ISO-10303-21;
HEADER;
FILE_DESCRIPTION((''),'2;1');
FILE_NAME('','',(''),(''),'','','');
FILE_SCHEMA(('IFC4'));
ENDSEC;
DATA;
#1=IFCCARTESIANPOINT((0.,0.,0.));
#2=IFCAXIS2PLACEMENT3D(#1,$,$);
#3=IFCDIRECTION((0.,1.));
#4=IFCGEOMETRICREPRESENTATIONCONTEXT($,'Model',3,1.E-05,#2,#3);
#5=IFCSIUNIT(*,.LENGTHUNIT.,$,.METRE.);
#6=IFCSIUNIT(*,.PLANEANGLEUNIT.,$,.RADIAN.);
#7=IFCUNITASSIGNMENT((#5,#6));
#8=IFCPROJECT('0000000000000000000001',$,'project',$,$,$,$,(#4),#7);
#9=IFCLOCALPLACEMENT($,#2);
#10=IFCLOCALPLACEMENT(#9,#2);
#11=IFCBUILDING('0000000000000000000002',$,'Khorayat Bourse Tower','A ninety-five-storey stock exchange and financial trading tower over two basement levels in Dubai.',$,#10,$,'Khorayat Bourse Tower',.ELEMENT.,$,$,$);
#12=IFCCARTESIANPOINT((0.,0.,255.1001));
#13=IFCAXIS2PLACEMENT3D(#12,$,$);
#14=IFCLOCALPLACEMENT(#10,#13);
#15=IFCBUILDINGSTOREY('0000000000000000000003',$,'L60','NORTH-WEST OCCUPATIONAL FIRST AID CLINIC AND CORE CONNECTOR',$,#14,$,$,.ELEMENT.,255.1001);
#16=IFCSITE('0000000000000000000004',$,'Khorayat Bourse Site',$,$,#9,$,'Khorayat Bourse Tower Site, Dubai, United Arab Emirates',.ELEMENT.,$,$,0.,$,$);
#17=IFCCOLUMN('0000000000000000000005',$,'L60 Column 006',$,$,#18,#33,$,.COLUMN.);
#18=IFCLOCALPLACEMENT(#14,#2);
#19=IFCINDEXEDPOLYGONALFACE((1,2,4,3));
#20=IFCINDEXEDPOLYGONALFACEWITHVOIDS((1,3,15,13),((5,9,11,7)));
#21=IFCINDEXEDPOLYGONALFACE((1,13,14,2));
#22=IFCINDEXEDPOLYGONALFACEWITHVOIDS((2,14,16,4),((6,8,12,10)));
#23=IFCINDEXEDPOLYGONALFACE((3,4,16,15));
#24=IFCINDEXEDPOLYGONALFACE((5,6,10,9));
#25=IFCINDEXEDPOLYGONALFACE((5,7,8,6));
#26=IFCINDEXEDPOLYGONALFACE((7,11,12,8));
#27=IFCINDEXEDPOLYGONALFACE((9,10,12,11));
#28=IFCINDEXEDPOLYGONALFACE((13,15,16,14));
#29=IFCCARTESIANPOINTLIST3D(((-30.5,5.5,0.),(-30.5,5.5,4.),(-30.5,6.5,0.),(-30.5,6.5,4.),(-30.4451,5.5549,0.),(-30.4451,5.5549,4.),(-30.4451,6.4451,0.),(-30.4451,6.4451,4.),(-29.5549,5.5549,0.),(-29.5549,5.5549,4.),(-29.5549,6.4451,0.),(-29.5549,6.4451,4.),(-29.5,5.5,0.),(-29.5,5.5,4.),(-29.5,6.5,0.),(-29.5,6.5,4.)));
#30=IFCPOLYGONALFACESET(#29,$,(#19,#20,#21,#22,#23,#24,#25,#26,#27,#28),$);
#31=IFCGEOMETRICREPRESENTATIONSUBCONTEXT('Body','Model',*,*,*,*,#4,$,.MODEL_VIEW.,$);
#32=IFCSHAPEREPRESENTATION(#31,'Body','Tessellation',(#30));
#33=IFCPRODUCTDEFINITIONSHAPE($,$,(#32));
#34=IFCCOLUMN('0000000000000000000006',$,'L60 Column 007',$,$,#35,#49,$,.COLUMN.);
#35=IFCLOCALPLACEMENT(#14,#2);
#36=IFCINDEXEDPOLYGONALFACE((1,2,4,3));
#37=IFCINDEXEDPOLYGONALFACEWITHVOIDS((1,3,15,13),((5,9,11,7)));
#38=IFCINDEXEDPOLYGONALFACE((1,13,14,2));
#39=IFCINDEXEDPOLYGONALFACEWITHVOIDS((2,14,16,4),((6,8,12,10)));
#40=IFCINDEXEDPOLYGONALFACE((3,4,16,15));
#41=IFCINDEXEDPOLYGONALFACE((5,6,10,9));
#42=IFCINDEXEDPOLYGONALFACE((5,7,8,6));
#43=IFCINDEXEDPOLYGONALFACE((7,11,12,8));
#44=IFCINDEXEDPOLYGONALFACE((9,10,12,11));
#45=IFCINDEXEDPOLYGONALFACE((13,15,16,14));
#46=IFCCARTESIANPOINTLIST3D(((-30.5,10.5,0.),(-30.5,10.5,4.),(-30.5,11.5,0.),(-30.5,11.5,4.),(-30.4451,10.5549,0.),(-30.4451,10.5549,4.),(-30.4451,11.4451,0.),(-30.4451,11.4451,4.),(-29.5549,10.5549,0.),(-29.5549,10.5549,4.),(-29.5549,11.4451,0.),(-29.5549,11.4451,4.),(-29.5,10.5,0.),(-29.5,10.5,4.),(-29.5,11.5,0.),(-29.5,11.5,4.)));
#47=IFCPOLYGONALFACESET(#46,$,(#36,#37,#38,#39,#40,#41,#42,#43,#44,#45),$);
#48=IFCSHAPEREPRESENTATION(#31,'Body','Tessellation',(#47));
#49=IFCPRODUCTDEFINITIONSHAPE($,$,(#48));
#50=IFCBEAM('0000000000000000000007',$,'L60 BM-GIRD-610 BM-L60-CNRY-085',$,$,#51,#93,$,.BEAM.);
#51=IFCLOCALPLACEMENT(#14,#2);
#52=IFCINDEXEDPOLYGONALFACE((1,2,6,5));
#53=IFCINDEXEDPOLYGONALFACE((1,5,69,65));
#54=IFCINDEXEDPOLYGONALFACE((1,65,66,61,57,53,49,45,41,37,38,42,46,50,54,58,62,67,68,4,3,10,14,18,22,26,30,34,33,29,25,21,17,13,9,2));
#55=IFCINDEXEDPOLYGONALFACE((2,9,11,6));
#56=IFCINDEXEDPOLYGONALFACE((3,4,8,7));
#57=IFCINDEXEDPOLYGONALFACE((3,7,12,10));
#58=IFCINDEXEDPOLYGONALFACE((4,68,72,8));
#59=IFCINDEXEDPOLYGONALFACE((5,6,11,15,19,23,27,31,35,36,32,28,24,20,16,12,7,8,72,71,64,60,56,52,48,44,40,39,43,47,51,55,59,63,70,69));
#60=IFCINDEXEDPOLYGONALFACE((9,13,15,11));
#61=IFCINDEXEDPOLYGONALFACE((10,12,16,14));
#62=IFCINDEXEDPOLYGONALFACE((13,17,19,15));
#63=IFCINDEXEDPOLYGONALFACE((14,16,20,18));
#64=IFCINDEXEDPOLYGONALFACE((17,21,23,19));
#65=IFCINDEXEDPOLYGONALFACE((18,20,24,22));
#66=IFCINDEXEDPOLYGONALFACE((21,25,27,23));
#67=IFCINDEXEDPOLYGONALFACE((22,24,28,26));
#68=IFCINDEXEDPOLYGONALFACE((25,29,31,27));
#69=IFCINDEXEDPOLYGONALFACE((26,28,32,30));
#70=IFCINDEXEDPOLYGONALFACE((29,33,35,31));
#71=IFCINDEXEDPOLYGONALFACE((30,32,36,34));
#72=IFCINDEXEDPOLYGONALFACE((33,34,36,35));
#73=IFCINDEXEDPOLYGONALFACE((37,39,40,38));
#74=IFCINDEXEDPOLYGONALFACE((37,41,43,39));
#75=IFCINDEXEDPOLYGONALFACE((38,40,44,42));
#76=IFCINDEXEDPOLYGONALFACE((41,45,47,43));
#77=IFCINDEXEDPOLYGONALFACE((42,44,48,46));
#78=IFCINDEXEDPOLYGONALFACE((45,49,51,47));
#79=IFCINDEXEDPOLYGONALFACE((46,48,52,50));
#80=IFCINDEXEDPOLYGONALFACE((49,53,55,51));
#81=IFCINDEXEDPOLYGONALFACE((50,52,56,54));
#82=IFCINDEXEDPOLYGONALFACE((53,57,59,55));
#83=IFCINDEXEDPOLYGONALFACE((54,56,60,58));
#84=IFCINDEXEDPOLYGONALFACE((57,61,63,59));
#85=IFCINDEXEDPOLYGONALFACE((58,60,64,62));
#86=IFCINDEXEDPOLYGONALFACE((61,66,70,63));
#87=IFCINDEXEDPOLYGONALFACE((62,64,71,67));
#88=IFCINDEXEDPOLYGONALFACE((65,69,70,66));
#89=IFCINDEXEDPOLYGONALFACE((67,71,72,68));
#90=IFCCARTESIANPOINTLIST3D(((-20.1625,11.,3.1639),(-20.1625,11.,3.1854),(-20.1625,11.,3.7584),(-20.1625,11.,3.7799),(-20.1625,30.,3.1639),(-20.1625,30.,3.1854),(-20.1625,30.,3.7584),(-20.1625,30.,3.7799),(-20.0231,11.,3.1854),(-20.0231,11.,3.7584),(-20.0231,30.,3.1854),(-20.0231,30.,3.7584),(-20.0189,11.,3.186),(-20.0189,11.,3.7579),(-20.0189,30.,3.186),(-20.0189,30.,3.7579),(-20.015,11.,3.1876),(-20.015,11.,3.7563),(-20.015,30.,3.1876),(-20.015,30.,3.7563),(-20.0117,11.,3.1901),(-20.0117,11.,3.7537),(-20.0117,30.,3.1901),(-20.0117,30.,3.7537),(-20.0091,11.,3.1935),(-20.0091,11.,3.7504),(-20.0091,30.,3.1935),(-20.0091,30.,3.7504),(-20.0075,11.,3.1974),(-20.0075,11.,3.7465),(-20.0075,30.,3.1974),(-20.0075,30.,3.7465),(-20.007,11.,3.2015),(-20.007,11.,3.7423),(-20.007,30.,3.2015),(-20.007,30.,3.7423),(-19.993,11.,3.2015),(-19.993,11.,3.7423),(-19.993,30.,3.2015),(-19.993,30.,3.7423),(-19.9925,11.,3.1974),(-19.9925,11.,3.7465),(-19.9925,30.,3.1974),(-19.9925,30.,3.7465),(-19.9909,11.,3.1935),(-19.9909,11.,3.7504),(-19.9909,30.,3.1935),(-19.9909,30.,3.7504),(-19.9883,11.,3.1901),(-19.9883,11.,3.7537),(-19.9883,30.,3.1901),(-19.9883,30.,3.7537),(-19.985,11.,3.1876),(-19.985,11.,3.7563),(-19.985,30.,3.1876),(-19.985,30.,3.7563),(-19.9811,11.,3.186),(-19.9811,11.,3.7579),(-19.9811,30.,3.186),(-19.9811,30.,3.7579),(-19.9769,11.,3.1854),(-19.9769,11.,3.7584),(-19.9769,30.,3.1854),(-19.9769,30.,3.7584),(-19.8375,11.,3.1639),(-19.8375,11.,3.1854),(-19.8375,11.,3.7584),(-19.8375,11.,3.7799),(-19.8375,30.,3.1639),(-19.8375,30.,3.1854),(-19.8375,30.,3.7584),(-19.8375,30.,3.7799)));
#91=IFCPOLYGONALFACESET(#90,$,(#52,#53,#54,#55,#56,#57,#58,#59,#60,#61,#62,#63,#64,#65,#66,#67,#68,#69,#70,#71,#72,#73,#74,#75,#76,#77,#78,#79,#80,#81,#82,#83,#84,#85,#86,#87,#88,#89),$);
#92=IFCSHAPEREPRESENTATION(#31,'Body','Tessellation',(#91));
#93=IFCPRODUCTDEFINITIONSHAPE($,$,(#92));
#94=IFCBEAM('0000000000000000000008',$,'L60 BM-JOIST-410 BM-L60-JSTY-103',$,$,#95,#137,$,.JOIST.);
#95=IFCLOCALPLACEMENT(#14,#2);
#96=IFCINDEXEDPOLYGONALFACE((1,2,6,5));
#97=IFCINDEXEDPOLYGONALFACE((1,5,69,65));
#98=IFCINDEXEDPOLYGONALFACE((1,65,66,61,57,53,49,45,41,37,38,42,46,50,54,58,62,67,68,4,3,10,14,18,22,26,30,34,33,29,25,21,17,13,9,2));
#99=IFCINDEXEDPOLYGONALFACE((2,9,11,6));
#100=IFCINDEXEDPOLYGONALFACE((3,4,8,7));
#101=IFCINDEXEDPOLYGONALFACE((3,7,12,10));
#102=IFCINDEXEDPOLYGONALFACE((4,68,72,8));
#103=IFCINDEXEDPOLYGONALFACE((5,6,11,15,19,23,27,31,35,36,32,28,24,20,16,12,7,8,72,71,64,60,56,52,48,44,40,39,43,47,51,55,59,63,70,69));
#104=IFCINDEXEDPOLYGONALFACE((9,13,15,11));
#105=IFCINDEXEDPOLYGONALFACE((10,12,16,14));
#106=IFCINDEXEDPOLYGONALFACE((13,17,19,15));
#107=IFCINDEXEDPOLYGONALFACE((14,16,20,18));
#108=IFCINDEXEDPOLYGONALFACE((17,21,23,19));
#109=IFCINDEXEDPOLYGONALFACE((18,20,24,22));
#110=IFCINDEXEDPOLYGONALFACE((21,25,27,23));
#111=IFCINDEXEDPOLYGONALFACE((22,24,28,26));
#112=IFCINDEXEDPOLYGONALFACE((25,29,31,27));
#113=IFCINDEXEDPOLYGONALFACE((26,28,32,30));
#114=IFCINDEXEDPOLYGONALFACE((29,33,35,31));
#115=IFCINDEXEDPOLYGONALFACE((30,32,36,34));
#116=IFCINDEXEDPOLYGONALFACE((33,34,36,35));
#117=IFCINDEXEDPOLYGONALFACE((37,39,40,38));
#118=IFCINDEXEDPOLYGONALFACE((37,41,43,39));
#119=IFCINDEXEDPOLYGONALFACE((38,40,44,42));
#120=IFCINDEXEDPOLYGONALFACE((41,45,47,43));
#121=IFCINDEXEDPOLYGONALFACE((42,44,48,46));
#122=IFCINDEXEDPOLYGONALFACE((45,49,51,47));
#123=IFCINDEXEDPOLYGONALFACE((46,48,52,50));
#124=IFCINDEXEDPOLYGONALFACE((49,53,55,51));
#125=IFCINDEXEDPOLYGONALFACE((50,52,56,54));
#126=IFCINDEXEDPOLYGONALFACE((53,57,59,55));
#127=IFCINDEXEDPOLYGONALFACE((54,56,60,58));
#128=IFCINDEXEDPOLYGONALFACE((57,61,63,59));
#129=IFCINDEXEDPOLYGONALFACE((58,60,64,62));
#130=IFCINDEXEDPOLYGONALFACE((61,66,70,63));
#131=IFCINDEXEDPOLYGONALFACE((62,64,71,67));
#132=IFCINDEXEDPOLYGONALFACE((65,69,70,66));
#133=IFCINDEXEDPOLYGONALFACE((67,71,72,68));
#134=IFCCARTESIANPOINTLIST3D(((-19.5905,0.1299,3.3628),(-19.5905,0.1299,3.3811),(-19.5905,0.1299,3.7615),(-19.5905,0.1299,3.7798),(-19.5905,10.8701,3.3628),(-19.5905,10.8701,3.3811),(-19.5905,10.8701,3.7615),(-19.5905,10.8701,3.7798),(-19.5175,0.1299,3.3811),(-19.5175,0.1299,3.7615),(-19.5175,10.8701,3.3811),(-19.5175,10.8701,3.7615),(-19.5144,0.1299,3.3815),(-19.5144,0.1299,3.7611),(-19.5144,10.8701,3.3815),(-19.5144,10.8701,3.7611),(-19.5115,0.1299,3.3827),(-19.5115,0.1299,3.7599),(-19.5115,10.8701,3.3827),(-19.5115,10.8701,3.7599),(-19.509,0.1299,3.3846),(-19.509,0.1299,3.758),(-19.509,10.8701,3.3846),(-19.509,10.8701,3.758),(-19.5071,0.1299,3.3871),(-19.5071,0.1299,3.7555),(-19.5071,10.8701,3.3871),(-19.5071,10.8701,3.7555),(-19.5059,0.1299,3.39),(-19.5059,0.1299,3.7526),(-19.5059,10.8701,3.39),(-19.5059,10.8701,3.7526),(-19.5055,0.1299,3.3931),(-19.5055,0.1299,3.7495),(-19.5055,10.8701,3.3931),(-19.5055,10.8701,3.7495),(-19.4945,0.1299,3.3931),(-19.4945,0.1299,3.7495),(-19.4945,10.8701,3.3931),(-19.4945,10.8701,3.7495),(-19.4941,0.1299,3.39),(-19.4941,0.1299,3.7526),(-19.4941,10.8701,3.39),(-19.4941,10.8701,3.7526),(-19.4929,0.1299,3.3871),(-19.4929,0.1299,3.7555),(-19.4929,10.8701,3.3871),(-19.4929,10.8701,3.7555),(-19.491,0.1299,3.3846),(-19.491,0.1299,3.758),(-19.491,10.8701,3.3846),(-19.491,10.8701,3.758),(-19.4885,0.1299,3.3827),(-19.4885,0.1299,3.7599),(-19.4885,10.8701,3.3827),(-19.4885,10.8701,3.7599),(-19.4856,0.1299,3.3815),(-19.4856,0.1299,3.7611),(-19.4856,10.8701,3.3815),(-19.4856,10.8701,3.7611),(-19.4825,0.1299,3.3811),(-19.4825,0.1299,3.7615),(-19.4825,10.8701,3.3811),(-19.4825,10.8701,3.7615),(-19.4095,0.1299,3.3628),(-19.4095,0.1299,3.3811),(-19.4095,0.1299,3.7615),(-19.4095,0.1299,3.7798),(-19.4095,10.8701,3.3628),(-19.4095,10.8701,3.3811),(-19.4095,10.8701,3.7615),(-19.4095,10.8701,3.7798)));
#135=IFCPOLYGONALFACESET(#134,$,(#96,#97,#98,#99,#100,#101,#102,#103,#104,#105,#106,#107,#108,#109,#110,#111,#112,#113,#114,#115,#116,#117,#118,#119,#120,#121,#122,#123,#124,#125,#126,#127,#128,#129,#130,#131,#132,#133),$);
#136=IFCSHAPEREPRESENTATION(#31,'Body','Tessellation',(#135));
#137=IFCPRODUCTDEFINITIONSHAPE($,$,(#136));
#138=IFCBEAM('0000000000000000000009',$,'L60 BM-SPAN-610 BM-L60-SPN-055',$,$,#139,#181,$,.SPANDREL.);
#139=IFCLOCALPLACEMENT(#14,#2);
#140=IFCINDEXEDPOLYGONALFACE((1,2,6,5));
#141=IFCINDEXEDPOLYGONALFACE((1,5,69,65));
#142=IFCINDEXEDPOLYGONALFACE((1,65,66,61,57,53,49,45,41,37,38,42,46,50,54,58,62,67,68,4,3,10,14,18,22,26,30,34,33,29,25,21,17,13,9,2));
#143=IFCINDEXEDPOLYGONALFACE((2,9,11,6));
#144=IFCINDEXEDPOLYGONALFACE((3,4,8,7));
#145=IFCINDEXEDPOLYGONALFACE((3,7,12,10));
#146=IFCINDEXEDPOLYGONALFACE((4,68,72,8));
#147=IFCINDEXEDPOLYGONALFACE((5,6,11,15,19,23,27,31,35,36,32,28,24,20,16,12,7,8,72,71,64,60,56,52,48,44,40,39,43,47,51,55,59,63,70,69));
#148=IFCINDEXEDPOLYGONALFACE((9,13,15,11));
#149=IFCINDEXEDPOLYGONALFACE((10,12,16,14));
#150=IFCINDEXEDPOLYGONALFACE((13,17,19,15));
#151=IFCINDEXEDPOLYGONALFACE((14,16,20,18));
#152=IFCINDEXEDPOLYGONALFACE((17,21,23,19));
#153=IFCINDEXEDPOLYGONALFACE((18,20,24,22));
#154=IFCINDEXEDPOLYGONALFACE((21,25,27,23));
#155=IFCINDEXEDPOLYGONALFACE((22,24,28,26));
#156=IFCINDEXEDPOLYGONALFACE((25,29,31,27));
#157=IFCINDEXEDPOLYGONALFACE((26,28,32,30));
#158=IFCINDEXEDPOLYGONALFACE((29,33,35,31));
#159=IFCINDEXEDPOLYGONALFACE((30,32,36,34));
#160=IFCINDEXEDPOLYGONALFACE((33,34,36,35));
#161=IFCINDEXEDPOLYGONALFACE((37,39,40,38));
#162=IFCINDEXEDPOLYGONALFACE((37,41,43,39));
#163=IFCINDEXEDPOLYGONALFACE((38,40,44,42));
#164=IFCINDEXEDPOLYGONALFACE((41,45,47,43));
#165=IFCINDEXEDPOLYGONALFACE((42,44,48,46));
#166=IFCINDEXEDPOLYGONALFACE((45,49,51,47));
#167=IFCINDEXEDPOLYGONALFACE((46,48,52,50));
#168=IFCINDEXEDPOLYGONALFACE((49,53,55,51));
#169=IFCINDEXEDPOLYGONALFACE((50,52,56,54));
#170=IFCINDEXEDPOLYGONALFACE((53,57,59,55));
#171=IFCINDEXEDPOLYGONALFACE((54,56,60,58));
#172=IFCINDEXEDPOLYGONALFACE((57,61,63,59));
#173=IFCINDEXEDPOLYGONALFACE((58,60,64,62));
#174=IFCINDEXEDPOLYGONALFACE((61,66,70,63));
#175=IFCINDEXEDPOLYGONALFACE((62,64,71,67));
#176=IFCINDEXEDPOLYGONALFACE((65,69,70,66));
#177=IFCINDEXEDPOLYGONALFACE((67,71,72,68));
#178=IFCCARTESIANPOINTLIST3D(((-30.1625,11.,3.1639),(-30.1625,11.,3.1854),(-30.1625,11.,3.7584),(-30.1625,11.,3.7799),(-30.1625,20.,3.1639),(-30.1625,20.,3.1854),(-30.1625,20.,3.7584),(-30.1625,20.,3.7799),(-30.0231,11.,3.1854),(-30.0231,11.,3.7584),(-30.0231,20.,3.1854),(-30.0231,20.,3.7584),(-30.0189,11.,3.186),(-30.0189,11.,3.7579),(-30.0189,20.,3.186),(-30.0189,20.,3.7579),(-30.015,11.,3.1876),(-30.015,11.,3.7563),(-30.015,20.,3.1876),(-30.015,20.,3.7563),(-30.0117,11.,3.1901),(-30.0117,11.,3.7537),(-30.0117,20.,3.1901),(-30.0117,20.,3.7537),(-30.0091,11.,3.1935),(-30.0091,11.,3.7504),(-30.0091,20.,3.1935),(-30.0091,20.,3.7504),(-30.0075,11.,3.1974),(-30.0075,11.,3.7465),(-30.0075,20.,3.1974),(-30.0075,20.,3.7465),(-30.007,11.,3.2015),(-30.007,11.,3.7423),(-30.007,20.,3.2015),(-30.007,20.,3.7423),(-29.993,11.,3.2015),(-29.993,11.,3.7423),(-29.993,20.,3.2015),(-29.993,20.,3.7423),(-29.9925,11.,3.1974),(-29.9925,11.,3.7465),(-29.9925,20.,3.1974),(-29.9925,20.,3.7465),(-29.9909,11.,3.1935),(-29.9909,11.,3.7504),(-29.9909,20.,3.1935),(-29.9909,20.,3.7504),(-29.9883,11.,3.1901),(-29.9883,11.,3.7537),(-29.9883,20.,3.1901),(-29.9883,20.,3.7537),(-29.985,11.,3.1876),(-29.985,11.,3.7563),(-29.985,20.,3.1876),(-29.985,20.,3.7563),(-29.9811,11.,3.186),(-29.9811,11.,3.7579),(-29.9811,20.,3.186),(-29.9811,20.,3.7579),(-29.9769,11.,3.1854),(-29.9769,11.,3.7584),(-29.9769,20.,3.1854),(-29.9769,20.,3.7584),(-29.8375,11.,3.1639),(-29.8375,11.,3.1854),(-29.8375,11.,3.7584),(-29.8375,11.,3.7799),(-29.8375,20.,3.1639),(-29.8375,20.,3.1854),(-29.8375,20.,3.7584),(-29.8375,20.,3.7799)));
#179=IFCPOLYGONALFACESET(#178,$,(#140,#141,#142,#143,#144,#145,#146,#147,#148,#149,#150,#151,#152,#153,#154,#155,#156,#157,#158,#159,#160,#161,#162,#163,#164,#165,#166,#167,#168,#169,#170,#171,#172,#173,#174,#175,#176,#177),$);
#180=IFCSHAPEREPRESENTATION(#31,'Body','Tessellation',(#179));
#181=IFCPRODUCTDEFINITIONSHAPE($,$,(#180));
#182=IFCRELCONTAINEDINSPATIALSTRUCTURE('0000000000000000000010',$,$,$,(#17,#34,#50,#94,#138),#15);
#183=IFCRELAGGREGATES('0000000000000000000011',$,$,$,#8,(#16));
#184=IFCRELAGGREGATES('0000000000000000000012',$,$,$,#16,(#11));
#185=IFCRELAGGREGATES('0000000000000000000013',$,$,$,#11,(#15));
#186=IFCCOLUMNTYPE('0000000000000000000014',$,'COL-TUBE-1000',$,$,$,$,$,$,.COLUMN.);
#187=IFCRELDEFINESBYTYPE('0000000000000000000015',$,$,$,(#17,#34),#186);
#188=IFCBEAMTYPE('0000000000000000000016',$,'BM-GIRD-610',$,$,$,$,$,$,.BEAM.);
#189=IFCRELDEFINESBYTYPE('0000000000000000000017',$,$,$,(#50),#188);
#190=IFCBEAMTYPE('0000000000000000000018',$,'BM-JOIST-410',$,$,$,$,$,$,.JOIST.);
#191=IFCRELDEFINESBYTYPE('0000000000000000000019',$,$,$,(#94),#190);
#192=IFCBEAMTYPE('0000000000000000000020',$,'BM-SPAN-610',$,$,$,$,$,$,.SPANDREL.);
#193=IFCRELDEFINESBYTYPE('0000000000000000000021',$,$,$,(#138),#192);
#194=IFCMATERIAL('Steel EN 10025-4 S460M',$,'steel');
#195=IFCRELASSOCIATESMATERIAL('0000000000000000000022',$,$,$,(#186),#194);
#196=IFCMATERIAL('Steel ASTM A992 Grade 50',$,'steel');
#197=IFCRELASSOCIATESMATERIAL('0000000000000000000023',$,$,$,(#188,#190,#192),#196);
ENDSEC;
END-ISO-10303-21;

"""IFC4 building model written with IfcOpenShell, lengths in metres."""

from ifc_helpers import new_model, si_unit, direction, frame, origin, origin_2d, place, context, subcontext, project, spatial, hollow_rectangle, i_section, extrude, source, transform, mapped, material, material_profile, profile_set, type_object, element, save


model = new_model("IFC4")

# Units and contexts
model_context = context("Model", 3, precision=1e-05, world=origin(), true_north=direction((0.0, 1.0)))
body_context = subcontext(model_context, "Body", "Model", "MODEL_VIEW")
ifc_project = project(units=[si_unit("LENGTHUNIT", "METRE"), si_unit("PLANEANGLEUNIT", "RADIAN")], contexts=[model_context])

# Site, building, storey
site_placement = place(None, origin())
site = spatial("IfcSite", under=ifc_project, at=site_placement, Name="Khorayat Bourse Site", LongName="Khorayat Bourse Tower Site, Dubai, United Arab Emirates", CompositionType="ELEMENT", RefElevation=0.0)
building_placement = place(site_placement, origin())
building = spatial("IfcBuilding", under=site, at=building_placement, Name="Khorayat Bourse Tower", Description="A ninety-five-storey stock exchange and financial trading tower over two basement levels in Dubai.", LongName="Khorayat Bourse Tower", CompositionType="ELEMENT")
storey_placement = place(building_placement, frame((0.0, 0.0, 255.1001)))
storey = spatial("IfcBuildingStorey", under=building, at=storey_placement, Name="L60", Description="NORTH-WEST OCCUPATIONAL FIRST AID CLINIC AND CORE CONNECTOR", CompositionType="ELEMENT", Elevation=255.1001)

# Columns
ifc_material_1 = material(Name="Steel EN 10025-4 S460M", Category="steel")
ifc_material_profile_1 = material_profile(ifc_material_1, hollow_rectangle(XDim=1.0, YDim=1.0, WallThickness=0.0549, at=origin_2d()), Name="BOX 1000x1000x55")
ifc_profile_set_1 = profile_set([ifc_material_profile_1], Name="Steel EN 10025-4 S460M")
column_type = type_object("IfcColumnType", Name="COL-TUBE-1000", PredefinedType="COLUMN", material=ifc_profile_set_1)
shared_shape_1 = source(origin(), body_context, "Body", "SweptSolid", [
    extrude(hollow_rectangle(XDim=1.0, YDim=1.0, WallThickness=0.0549, at=origin_2d()), origin(), (0.0, 0.0, 1.0), 4.0),
])
for number, where, z_axis, x_axis, name in (
    (1, (-30.0, 6.0, 0.0), (0.0, 0.0, 1.0), (1.0, 0.0, 0.0), "L60 Column 006"),
    (2, (-30.0, 11.0, 0.0), (0.0, 0.0, 1.0), (1.0, 0.0, 0.0), "L60 Column 007"),
):
    element("IfcColumn", number, at=place(storey_placement, frame(where, z_axis=z_axis, x_axis=x_axis)), inside=storey, type_object=column_type, Name=name, PredefinedType="COLUMN", context=body_context, shape_type="MappedRepresentation", body=[
        mapped(shared_shape_1, transform((0.0, 0.0, 0.0), scale=1.0)),
    ])

# Beams
ifc_material_2 = material(Name="Steel ASTM A992 Grade 50", Category="steel")
ifc_material_profile_2 = material_profile(ifc_material_2, i_section(OverallWidth=0.325, OverallDepth=0.616, WebThickness=0.0139, FlangeThickness=0.0215, FilletRadius=0.0161, at=origin_2d()), Name="W610X174")
ifc_profile_set_2 = profile_set([ifc_material_profile_2], Name="Steel ASTM A992 Grade 50")
beam_type_1 = type_object("IfcBeamType", Name="BM-GIRD-610", PredefinedType="BEAM", material=ifc_profile_set_2)
shared_shape_2 = source(origin(), body_context, "Body", "SweptSolid", [
    extrude(i_section(OverallWidth=0.325, OverallDepth=0.616, WebThickness=0.0139, FlangeThickness=0.0215, FilletRadius=0.0161, at=origin_2d()), origin(), (0.0, 0.0, 1.0), 19.0),
])
beam_1_placement = place(storey_placement, frame((-20.0, 11.0, 3.4719), z_axis=(0.0, 1.0, 0.0), x_axis=(-1.0, 0.0, 0.0)))
element("IfcBeam", 3, at=beam_1_placement, inside=storey, type_object=beam_type_1, Name="L60 BM-GIRD-610 BM-L60-CNRY-085", PredefinedType="BEAM", context=body_context, shape_type="MappedRepresentation", body=[
    mapped(shared_shape_2, transform((0.0, 0.0, 0.0), scale=1.0)),
])
ifc_material_profile_3 = material_profile(ifc_material_2, i_section(OverallWidth=0.1809, OverallDepth=0.417, WebThickness=0.011, FlangeThickness=0.0183, FilletRadius=0.012, at=origin_2d()), Name="W410X85")
ifc_profile_set_3 = profile_set([ifc_material_profile_3], Name="Steel ASTM A992 Grade 50")
beam_type_2 = type_object("IfcBeamType", Name="BM-JOIST-410", PredefinedType="JOIST", material=ifc_profile_set_3)
shared_shape_3 = source(origin(), body_context, "Body", "SweptSolid", [
    extrude(i_section(OverallWidth=0.1809, OverallDepth=0.417, WebThickness=0.011, FlangeThickness=0.0183, FilletRadius=0.012, at=origin_2d()), origin(), (0.0, 0.0, 1.0), 10.7402),
])
beam_2_placement = place(storey_placement, frame((-19.5, 0.1299, 3.5713), z_axis=(0.0, 1.0, 0.0), x_axis=(-1.0, 0.0, 0.0)))
element("IfcBeam", 4, at=beam_2_placement, inside=storey, type_object=beam_type_2, Name="L60 BM-JOIST-410 BM-L60-JSTY-103", PredefinedType="JOIST", context=body_context, shape_type="MappedRepresentation", body=[
    mapped(shared_shape_3, transform((0.0, 0.0, 0.0), scale=1.0)),
])
ifc_material_profile_4 = material_profile(ifc_material_2, i_section(OverallWidth=0.325, OverallDepth=0.616, WebThickness=0.0139, FlangeThickness=0.0215, FilletRadius=0.0161, at=origin_2d()), Name="W610X174")
ifc_profile_set_4 = profile_set([ifc_material_profile_4], Name="Steel ASTM A992 Grade 50")
beam_type_3 = type_object("IfcBeamType", Name="BM-SPAN-610", PredefinedType="SPANDREL", material=ifc_profile_set_4)
shared_shape_4 = source(origin(), body_context, "Body", "SweptSolid", [
    extrude(i_section(OverallWidth=0.325, OverallDepth=0.616, WebThickness=0.0139, FlangeThickness=0.0215, FilletRadius=0.0161, at=origin_2d()), origin(), (0.0, 0.0, 1.0), 9.0),
])
beam_3_placement = place(storey_placement, frame((-30.0, 11.0, 3.4719), z_axis=(0.0, 1.0, 0.0), x_axis=(-1.0, 0.0, 0.0)))
element("IfcBeam", 5, at=beam_3_placement, inside=storey, type_object=beam_type_3, Name="L60 BM-SPAN-610 BM-L60-SPN-055", PredefinedType="SPANDREL", context=body_context, shape_type="MappedRepresentation", body=[
    mapped(shared_shape_4, transform((0.0, 0.0, 0.0), scale=1.0)),
])

save(model, "model.ifc")
